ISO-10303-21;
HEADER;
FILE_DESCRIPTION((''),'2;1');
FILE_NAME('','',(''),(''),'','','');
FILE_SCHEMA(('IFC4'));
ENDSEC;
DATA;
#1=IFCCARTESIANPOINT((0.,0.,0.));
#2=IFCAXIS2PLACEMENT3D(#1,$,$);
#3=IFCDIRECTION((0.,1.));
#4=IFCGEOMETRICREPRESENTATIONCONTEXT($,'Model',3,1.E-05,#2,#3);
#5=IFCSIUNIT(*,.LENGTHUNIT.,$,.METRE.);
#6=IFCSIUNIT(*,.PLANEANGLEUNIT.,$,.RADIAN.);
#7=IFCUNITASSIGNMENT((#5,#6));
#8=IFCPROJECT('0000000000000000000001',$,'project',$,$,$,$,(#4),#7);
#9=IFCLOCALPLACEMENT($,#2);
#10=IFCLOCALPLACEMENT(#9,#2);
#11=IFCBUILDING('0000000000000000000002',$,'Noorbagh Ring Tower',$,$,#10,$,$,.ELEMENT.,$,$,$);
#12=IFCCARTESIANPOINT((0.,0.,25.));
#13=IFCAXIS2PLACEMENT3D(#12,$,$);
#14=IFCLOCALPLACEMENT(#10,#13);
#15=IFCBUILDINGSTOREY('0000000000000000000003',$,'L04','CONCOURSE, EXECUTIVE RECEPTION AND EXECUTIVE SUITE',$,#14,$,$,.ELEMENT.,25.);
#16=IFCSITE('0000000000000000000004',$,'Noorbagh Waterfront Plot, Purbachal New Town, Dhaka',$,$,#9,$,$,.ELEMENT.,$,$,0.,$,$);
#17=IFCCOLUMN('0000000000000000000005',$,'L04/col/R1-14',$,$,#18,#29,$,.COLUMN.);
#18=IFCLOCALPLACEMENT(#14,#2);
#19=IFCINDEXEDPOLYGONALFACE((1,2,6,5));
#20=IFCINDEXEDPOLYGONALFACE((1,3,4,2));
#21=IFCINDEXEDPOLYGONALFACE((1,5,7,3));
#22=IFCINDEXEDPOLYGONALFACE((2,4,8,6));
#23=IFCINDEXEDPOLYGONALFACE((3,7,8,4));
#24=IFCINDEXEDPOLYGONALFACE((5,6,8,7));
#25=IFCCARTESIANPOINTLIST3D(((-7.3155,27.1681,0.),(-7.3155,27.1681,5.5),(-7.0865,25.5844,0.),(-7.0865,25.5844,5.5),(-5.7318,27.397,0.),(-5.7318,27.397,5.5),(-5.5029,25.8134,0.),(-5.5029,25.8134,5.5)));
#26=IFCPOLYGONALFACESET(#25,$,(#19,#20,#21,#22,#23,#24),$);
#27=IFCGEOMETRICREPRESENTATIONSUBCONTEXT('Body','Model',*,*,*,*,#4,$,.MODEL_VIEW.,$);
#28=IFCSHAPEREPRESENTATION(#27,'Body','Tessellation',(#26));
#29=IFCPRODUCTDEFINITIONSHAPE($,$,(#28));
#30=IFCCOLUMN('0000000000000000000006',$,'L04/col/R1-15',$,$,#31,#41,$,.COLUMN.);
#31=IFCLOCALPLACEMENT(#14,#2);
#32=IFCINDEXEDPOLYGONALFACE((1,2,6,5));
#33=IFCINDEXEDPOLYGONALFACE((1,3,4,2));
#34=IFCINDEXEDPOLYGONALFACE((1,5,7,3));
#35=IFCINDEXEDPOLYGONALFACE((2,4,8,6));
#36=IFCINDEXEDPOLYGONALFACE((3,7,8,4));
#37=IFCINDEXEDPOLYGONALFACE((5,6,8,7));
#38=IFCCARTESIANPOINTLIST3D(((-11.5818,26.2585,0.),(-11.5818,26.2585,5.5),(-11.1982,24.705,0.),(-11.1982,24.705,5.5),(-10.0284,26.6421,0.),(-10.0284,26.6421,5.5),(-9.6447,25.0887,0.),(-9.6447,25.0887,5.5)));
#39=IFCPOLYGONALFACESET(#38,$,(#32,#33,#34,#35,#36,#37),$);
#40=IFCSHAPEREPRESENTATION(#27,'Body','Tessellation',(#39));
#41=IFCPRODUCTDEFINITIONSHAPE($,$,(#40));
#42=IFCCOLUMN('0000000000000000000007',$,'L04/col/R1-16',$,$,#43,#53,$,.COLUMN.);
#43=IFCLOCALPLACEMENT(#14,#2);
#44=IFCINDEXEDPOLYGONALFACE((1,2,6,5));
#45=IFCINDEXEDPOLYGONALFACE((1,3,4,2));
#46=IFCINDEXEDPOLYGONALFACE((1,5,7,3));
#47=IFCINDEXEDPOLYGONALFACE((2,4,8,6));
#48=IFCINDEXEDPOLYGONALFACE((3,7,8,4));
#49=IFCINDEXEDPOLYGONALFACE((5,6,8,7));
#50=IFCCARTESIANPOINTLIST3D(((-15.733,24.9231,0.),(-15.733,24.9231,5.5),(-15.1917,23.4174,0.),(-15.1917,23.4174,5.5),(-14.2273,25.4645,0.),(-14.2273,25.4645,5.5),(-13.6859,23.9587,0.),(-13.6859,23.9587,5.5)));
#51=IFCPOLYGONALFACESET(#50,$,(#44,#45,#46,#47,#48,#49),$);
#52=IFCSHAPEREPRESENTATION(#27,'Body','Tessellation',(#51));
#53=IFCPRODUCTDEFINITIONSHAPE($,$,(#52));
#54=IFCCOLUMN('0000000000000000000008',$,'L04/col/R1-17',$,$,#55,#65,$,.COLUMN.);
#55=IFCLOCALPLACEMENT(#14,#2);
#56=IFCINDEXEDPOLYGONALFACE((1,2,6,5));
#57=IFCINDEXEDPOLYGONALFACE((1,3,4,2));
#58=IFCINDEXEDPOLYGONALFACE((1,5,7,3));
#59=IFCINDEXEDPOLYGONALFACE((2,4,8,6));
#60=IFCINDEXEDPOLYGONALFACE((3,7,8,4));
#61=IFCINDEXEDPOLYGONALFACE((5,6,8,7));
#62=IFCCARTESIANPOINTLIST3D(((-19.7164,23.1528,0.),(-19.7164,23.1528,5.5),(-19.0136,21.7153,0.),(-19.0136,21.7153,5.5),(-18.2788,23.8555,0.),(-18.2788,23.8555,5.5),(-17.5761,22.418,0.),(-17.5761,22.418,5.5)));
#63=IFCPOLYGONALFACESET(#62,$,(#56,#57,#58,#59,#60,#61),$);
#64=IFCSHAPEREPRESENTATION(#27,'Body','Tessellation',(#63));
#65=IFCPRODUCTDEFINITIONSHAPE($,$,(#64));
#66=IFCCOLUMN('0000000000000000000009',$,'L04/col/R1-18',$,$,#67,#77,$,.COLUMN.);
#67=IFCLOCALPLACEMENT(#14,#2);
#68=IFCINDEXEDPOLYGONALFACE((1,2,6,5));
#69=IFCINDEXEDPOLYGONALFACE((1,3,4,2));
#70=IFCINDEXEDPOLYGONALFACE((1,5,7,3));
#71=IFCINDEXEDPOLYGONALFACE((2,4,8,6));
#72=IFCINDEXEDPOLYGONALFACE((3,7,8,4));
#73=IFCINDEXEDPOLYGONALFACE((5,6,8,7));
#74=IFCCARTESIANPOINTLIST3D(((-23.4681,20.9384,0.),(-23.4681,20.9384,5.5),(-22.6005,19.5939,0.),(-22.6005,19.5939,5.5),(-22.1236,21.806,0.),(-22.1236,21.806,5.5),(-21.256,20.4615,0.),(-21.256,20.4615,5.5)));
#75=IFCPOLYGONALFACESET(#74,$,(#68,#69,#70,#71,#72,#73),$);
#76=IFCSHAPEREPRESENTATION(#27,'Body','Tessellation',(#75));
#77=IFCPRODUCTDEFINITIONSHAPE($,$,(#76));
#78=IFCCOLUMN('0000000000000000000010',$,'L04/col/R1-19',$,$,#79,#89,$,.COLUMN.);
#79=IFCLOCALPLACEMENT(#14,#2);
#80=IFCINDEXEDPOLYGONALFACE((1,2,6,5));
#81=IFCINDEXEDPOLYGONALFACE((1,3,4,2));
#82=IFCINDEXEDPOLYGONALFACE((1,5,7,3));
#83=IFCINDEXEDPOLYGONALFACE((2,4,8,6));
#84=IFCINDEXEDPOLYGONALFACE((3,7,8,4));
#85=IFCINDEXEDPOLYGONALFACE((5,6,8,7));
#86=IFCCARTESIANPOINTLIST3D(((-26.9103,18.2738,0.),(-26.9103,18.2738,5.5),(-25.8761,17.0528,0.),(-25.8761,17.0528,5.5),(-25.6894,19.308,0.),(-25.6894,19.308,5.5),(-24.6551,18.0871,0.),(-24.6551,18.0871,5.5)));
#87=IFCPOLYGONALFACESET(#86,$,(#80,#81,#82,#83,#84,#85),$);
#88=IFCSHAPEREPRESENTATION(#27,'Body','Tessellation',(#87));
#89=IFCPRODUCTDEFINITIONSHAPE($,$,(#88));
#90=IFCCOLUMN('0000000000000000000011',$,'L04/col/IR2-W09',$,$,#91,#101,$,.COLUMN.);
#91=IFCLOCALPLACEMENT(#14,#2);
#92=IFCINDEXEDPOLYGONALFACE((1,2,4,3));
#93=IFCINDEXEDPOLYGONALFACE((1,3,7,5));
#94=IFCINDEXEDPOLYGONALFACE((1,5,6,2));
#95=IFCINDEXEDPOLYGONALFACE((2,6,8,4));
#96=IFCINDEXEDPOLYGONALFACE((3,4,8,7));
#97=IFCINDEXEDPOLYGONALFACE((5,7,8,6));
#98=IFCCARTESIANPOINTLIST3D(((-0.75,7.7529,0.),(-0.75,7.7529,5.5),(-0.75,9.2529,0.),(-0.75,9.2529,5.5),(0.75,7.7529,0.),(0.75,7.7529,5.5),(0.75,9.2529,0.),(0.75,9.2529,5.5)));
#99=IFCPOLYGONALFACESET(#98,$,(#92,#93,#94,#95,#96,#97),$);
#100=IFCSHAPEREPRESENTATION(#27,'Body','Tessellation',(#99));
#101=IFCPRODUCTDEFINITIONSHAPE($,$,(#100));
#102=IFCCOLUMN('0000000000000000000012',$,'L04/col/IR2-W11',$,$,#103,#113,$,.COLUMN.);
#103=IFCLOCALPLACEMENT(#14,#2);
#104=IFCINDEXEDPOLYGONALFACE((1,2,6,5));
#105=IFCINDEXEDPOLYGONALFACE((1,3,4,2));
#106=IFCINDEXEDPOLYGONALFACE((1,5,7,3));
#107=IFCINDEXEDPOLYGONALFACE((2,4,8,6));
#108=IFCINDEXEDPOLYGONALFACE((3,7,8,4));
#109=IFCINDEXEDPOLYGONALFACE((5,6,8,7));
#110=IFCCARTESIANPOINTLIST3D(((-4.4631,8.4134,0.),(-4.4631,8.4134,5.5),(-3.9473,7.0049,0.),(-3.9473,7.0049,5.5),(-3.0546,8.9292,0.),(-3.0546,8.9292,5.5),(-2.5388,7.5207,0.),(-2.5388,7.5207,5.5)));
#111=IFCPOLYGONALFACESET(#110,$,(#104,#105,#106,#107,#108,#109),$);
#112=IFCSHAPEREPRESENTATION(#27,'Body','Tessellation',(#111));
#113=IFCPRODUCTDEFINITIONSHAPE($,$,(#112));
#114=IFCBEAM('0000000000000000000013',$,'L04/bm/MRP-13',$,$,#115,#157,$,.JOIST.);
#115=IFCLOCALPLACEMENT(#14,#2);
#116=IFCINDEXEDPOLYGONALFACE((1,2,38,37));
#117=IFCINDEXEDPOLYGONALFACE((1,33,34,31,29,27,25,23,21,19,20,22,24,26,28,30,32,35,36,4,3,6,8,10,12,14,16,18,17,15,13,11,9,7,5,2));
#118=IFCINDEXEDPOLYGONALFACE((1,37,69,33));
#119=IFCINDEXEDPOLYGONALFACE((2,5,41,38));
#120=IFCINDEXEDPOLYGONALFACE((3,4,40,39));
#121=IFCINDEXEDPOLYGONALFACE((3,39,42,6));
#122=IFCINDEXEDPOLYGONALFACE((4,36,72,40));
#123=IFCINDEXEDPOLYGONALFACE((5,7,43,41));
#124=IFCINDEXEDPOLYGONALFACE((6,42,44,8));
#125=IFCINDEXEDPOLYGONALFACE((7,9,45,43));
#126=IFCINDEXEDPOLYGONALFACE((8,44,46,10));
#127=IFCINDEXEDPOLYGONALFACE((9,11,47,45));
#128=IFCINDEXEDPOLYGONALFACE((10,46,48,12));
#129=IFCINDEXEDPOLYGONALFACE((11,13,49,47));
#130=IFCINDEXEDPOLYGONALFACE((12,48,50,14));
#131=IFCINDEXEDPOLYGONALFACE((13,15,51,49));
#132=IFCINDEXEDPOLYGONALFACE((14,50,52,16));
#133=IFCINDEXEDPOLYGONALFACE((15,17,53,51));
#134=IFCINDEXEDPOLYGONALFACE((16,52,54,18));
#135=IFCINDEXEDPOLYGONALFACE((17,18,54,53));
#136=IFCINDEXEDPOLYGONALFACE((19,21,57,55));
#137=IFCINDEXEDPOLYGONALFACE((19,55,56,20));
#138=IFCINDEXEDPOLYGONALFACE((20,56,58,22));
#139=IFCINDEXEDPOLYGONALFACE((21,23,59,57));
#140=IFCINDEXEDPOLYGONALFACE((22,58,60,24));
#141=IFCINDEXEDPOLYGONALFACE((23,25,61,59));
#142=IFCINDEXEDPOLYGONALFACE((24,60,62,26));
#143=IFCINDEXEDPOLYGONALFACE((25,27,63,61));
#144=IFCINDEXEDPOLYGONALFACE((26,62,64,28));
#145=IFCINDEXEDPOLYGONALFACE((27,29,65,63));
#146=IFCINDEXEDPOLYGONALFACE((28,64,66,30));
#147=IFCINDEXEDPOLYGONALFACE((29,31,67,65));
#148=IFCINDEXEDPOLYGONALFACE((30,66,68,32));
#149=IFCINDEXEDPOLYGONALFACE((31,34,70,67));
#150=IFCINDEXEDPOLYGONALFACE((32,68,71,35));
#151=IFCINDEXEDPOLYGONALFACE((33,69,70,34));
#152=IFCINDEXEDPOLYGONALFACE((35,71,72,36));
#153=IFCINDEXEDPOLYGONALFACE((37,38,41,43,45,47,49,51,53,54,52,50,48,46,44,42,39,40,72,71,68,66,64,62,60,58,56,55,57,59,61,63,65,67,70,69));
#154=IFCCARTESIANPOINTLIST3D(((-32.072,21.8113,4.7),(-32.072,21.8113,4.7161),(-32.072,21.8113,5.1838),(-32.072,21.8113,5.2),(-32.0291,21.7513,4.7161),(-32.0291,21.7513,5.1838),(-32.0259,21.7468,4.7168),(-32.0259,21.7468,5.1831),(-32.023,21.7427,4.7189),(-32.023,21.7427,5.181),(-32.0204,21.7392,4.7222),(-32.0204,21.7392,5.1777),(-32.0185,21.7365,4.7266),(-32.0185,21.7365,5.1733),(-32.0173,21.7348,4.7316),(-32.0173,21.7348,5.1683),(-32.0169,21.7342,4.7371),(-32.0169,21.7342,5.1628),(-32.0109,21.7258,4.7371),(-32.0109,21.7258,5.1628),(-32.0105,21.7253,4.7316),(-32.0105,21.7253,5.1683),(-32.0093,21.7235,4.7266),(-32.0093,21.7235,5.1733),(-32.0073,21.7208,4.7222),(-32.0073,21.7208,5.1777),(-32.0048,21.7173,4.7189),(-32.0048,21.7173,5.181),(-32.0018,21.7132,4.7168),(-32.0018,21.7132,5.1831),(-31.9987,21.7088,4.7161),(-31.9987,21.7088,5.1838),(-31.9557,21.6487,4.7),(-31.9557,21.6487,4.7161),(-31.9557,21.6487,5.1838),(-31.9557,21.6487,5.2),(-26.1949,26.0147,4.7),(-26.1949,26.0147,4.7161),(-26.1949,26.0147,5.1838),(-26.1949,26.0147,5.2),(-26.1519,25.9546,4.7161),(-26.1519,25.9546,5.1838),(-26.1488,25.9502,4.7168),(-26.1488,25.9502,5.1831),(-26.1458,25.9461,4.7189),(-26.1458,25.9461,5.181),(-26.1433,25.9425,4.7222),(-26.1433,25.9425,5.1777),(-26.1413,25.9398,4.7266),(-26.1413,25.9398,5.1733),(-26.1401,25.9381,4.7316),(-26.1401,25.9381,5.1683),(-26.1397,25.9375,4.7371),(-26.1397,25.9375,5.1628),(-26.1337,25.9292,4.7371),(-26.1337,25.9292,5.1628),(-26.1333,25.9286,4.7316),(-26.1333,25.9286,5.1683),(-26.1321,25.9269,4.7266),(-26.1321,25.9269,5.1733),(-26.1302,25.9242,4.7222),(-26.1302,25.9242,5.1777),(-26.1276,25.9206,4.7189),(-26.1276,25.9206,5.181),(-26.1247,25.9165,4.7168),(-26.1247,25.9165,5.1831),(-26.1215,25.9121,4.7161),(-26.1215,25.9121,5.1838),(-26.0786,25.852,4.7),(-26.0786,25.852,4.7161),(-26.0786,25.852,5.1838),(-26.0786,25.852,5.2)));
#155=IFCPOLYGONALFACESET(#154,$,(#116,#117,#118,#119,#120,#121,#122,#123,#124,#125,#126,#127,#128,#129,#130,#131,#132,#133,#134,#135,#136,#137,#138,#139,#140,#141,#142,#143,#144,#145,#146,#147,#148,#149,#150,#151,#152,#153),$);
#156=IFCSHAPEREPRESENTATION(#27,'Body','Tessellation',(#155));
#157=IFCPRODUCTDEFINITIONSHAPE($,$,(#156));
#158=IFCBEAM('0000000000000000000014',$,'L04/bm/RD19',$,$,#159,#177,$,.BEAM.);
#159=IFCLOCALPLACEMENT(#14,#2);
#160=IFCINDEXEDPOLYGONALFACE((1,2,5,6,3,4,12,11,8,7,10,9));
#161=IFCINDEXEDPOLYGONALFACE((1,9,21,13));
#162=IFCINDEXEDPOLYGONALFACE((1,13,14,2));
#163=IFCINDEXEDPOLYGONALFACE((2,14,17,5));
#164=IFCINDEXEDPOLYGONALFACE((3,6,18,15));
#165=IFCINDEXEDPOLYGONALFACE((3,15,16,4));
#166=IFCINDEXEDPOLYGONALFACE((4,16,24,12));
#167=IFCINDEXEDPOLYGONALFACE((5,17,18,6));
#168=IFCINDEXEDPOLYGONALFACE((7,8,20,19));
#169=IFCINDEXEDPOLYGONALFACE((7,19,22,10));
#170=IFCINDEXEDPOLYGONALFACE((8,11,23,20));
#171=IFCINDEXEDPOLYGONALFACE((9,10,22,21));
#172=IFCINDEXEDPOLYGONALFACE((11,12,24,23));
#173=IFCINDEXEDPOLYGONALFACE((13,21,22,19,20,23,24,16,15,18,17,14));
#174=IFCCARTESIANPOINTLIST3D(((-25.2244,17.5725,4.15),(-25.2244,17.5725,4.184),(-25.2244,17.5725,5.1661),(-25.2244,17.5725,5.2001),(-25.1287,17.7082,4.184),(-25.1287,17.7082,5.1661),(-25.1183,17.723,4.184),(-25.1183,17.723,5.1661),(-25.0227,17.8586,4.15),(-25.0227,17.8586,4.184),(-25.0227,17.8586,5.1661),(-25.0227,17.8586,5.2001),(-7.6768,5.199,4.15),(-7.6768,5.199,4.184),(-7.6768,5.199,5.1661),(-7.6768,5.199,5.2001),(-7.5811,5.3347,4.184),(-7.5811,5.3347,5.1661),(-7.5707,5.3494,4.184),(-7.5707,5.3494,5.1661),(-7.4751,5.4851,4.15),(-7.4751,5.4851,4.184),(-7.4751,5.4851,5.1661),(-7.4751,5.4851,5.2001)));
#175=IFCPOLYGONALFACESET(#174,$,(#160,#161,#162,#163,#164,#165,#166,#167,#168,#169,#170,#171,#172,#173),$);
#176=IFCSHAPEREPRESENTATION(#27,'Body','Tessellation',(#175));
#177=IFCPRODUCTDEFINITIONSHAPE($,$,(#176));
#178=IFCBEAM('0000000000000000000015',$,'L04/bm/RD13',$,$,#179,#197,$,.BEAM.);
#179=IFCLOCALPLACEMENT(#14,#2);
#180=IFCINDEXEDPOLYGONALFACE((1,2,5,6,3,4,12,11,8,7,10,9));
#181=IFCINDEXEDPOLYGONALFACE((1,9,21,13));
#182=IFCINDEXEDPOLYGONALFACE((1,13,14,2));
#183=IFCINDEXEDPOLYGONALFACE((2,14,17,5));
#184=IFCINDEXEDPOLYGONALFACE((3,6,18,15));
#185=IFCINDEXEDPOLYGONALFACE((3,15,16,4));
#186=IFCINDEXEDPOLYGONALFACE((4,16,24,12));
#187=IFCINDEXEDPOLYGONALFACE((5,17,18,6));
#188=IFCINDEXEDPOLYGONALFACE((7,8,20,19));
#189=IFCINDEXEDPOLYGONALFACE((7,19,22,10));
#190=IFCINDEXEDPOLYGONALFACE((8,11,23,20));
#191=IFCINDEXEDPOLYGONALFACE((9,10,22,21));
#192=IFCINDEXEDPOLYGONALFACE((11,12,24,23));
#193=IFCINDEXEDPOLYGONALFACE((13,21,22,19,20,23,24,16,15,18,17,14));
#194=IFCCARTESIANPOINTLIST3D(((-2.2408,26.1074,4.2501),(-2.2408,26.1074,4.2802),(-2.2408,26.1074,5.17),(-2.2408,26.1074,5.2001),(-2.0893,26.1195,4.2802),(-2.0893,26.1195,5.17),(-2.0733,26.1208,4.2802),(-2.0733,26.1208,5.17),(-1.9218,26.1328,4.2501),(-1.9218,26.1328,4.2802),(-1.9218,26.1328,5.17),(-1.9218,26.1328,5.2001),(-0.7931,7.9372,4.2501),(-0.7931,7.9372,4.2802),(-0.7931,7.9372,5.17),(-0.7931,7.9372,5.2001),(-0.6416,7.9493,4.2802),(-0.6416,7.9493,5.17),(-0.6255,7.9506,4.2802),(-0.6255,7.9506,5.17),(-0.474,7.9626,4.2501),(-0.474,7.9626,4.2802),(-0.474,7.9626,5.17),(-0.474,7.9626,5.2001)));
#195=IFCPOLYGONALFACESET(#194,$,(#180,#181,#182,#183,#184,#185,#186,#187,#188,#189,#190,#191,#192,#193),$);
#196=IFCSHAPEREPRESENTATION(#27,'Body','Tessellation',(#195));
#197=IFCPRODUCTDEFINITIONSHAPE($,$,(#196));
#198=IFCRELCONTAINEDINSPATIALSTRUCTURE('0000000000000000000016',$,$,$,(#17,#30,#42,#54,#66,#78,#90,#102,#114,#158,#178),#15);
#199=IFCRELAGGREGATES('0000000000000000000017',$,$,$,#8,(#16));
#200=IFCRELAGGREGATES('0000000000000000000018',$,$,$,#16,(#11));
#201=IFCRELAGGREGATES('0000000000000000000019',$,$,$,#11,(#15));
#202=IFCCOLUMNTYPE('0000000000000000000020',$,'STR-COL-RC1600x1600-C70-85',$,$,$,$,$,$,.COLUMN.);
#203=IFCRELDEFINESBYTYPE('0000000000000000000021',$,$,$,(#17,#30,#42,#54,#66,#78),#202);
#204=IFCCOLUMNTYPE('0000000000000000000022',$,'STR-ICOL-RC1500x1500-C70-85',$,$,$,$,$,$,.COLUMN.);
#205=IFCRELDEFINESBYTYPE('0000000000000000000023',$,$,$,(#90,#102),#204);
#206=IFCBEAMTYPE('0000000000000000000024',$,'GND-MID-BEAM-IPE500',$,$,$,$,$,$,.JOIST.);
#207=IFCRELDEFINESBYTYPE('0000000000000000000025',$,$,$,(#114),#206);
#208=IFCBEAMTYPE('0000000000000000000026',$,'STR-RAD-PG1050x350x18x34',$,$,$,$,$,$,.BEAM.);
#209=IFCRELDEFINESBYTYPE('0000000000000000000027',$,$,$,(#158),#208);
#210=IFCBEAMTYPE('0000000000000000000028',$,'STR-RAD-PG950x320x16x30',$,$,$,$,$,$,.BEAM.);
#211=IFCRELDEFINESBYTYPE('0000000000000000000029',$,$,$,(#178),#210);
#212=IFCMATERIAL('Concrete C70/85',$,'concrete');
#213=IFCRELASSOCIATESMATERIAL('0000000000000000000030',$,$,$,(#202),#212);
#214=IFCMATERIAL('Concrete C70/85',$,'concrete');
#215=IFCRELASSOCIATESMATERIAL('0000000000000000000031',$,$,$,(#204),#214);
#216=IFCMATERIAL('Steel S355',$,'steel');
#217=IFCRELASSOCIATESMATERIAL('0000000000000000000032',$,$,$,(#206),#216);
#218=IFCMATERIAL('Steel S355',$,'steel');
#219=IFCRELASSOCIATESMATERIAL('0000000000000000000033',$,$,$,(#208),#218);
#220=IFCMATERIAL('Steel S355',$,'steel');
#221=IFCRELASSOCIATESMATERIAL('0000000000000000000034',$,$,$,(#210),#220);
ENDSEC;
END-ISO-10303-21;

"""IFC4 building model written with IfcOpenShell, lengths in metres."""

from ifc_helpers import new_model, si_unit, direction, frame, origin, origin_2d, place, context, subcontext, project, spatial, rectangle, i_section, extrude, material, material_profile, profile_set, type_object, element, save


model = new_model("IFC4")

# Units and contexts
model_context = context("Model", 3, precision=1e-05, world=origin(), true_north=direction((0.0, 1.0)))
body_context = subcontext(model_context, "Body", "Model", "MODEL_VIEW")
ifc_project = project(units=[si_unit("LENGTHUNIT", "METRE"), si_unit("PLANEANGLEUNIT", "RADIAN")], contexts=[model_context])

# Site, building, storey
site_placement = place(None, origin())
site = spatial("IfcSite", under=ifc_project, at=site_placement, Name="Noorbagh Waterfront Plot, Purbachal New Town, Dhaka", CompositionType="ELEMENT", RefElevation=0.0)
building_placement = place(site_placement, origin())
building = spatial("IfcBuilding", under=site, at=building_placement, Name="Noorbagh Ring Tower", CompositionType="ELEMENT")
storey_placement = place(building_placement, frame((0.0, 0.0, 25.0)))
storey = spatial("IfcBuildingStorey", under=building, at=storey_placement, Name="L04", Description="CONCOURSE, EXECUTIVE RECEPTION AND EXECUTIVE SUITE", CompositionType="ELEMENT", Elevation=25.0)

# Columns
ifc_material_1 = material(Name="Concrete C70/85", Category="concrete")
ifc_material_profile_1 = material_profile(ifc_material_1, rectangle(XDim=1.6001, YDim=1.6001, at=origin_2d()), Name="RC1600x1600")
ifc_profile_set_1 = profile_set([ifc_material_profile_1], Name="Concrete C70/85")
column_type_1 = type_object("IfcColumnType", Name="STR-COL-RC1600x1600-C70-85", PredefinedType="COLUMN", material=ifc_profile_set_1)
for number, where, z_axis, x_axis, name in (
    (1, (-6.4092, 26.4907, 0.0), (0.0, 0.0, 1.0), (-0.989713, -0.143066, 0.0), "L04/col/R1-14"),
    (2, (-10.6133, 25.6736, 0.0), (0.0, 0.0, 1.0), (-0.970829, -0.239771, 0.0), "L04/col/R1-15"),
    (3, (-14.7095, 24.4409, 0.0), (0.0, 0.0, 1.0), (-0.941025, -0.338338, 0.0), "L04/col/R1-16"),
    (4, (-18.6462, 22.7854, 0.0), (0.0, 0.0, 1.0), (-0.898399, -0.43918, 0.0), "L04/col/R1-17"),
    (5, (-22.3621, 20.7, 0.0), (0.0, 0.0, 1.0), (-0.840248, -0.542203, 0.0), "L04/col/R1-18"),
    (6, (-25.7827, 18.1804, 0.0), (0.0, 0.0, 1.0), (-0.763035, -0.646357, 0.0), "L04/col/R1-19"),
):
    element("IfcColumn", number, at=place(storey_placement, frame(where, z_axis=z_axis, x_axis=x_axis)), inside=storey, type_object=column_type_1, Name=name, PredefinedType="COLUMN", context=body_context, shape_type="SweptSolid", body=[
        extrude(rectangle(XDim=1.6001, YDim=1.6001, at=origin_2d()), origin(), (0.0, 0.0, 1.0), 5.5),
    ])
ifc_material_2 = material(Name="Concrete C70/85", Category="concrete")
ifc_material_profile_2 = material_profile(ifc_material_2, rectangle(XDim=1.5, YDim=1.5, at=origin_2d()), Name="RC1500x1500")
ifc_profile_set_2 = profile_set([ifc_material_profile_2], Name="Concrete C70/85")
column_type_2 = type_object("IfcColumnType", Name="STR-ICOL-RC1500x1500-C70-85", PredefinedType="COLUMN", material=ifc_profile_set_2)
for number, where, z_axis, x_axis, name in (
    (7, (0.0, 8.5029, 0.0), (0.0, 0.0, 1.0), (-1.0, 0.0, 0.0), "L04/col/IR2-W09"),
    (8, (-3.501, 7.967, 0.0), (0.0, 0.0, 1.0), (-0.93902, -0.343864, 0.0), "L04/col/IR2-W11"),
):
    element("IfcColumn", number, at=place(storey_placement, frame(where, z_axis=z_axis, x_axis=x_axis)), inside=storey, type_object=column_type_2, Name=name, PredefinedType="COLUMN", context=body_context, shape_type="SweptSolid", body=[
        extrude(rectangle(XDim=1.5, YDim=1.5, at=origin_2d()), origin(), (0.0, 0.0, 1.0), 5.5),
    ])

# Beams
ifc_material_3 = material(Name="Steel S355", Category="steel")
ifc_material_profile_3 = material_profile(ifc_material_3, i_section(OverallWidth=0.2, OverallDepth=0.5, WebThickness=0.0103, FlangeThickness=0.0161, FilletRadius=0.021, at=origin_2d()), Name="IPE500")
ifc_profile_set_3 = profile_set([ifc_material_profile_3], Name="Steel S355")
beam_type_1 = type_object("IfcBeamType", Name="GND-MID-BEAM-IPE500", PredefinedType="JOIST", material=ifc_profile_set_3)
beam_1_placement = place(storey_placement, frame((-26.1367, 25.9333, 4.95), z_axis=(-0.813382, -0.58173, 0.0), x_axis=(0.58173, -0.813382, 0.0)))
element("IfcBeam", 9, at=beam_1_placement, inside=storey, type_object=beam_type_1, Name="L04/bm/MRP-13", PredefinedType="JOIST", context=body_context, shape_type="SweptSolid", body=[
    extrude(i_section(OverallWidth=0.2, OverallDepth=0.5, WebThickness=0.0103, FlangeThickness=0.0161, FilletRadius=0.021, at=origin_2d()), origin(), (0.0, 0.0, 1.0), 7.2256),
])
ifc_material_4 = material(Name="Steel S355", Category="steel")
ifc_material_profile_4 = material_profile(ifc_material_4, i_section(OverallWidth=0.3501, OverallDepth=1.05, WebThickness=0.0181, FlangeThickness=0.0339, at=origin_2d()), Name="PG1050x350x18x34")
ifc_profile_set_4 = profile_set([ifc_material_profile_4], Name="Steel S355")
beam_type_2 = type_object("IfcBeamType", Name="STR-RAD-PG1050x350x18x34", PredefinedType="BEAM", material=ifc_profile_set_4)
beam_2_placement = place(storey_placement, frame((-25.1235, 17.7156, 4.675), z_axis=(0.817253, -0.576279, 0.0), x_axis=(0.576279, 0.817253, 0.0)))
element("IfcBeam", 10, at=beam_2_placement, inside=storey, type_object=beam_type_2, Name="L04/bm/RD19", PredefinedType="BEAM", context=body_context, shape_type="SweptSolid", body=[
    extrude(i_section(OverallWidth=0.3501, OverallDepth=1.05, WebThickness=0.0181, FlangeThickness=0.0339, at=origin_2d()), origin(), (0.0, 0.0, 1.0), 21.4714),
])
ifc_material_5 = material(Name="Steel S355", Category="steel")
ifc_material_profile_5 = material_profile(ifc_material_5, i_section(OverallWidth=0.3201, OverallDepth=0.95, WebThickness=0.0161, FlangeThickness=0.03, at=origin_2d()), Name="PG950x320x16x30")
ifc_profile_set_5 = profile_set([ifc_material_profile_5], Name="Steel S355")
beam_type_3 = type_object("IfcBeamType", Name="STR-RAD-PG950x320x16x30", PredefinedType="BEAM", material=ifc_profile_set_5)
beam_3_placement = place(storey_placement, frame((-2.0813, 26.1201, 4.7251), z_axis=(0.079426, -0.996841, 0.0), x_axis=(0.996841, 0.079426, 0.0)))
element("IfcBeam", 11, at=beam_3_placement, inside=storey, type_object=beam_type_3, Name="L04/bm/RD13", PredefinedType="BEAM", context=body_context, shape_type="SweptSolid", body=[
    extrude(i_section(OverallWidth=0.3201, OverallDepth=0.95, WebThickness=0.0161, FlangeThickness=0.03, at=origin_2d()), origin(), (0.0, 0.0, 1.0), 18.2278),
])

save(model, "model.ifc")
